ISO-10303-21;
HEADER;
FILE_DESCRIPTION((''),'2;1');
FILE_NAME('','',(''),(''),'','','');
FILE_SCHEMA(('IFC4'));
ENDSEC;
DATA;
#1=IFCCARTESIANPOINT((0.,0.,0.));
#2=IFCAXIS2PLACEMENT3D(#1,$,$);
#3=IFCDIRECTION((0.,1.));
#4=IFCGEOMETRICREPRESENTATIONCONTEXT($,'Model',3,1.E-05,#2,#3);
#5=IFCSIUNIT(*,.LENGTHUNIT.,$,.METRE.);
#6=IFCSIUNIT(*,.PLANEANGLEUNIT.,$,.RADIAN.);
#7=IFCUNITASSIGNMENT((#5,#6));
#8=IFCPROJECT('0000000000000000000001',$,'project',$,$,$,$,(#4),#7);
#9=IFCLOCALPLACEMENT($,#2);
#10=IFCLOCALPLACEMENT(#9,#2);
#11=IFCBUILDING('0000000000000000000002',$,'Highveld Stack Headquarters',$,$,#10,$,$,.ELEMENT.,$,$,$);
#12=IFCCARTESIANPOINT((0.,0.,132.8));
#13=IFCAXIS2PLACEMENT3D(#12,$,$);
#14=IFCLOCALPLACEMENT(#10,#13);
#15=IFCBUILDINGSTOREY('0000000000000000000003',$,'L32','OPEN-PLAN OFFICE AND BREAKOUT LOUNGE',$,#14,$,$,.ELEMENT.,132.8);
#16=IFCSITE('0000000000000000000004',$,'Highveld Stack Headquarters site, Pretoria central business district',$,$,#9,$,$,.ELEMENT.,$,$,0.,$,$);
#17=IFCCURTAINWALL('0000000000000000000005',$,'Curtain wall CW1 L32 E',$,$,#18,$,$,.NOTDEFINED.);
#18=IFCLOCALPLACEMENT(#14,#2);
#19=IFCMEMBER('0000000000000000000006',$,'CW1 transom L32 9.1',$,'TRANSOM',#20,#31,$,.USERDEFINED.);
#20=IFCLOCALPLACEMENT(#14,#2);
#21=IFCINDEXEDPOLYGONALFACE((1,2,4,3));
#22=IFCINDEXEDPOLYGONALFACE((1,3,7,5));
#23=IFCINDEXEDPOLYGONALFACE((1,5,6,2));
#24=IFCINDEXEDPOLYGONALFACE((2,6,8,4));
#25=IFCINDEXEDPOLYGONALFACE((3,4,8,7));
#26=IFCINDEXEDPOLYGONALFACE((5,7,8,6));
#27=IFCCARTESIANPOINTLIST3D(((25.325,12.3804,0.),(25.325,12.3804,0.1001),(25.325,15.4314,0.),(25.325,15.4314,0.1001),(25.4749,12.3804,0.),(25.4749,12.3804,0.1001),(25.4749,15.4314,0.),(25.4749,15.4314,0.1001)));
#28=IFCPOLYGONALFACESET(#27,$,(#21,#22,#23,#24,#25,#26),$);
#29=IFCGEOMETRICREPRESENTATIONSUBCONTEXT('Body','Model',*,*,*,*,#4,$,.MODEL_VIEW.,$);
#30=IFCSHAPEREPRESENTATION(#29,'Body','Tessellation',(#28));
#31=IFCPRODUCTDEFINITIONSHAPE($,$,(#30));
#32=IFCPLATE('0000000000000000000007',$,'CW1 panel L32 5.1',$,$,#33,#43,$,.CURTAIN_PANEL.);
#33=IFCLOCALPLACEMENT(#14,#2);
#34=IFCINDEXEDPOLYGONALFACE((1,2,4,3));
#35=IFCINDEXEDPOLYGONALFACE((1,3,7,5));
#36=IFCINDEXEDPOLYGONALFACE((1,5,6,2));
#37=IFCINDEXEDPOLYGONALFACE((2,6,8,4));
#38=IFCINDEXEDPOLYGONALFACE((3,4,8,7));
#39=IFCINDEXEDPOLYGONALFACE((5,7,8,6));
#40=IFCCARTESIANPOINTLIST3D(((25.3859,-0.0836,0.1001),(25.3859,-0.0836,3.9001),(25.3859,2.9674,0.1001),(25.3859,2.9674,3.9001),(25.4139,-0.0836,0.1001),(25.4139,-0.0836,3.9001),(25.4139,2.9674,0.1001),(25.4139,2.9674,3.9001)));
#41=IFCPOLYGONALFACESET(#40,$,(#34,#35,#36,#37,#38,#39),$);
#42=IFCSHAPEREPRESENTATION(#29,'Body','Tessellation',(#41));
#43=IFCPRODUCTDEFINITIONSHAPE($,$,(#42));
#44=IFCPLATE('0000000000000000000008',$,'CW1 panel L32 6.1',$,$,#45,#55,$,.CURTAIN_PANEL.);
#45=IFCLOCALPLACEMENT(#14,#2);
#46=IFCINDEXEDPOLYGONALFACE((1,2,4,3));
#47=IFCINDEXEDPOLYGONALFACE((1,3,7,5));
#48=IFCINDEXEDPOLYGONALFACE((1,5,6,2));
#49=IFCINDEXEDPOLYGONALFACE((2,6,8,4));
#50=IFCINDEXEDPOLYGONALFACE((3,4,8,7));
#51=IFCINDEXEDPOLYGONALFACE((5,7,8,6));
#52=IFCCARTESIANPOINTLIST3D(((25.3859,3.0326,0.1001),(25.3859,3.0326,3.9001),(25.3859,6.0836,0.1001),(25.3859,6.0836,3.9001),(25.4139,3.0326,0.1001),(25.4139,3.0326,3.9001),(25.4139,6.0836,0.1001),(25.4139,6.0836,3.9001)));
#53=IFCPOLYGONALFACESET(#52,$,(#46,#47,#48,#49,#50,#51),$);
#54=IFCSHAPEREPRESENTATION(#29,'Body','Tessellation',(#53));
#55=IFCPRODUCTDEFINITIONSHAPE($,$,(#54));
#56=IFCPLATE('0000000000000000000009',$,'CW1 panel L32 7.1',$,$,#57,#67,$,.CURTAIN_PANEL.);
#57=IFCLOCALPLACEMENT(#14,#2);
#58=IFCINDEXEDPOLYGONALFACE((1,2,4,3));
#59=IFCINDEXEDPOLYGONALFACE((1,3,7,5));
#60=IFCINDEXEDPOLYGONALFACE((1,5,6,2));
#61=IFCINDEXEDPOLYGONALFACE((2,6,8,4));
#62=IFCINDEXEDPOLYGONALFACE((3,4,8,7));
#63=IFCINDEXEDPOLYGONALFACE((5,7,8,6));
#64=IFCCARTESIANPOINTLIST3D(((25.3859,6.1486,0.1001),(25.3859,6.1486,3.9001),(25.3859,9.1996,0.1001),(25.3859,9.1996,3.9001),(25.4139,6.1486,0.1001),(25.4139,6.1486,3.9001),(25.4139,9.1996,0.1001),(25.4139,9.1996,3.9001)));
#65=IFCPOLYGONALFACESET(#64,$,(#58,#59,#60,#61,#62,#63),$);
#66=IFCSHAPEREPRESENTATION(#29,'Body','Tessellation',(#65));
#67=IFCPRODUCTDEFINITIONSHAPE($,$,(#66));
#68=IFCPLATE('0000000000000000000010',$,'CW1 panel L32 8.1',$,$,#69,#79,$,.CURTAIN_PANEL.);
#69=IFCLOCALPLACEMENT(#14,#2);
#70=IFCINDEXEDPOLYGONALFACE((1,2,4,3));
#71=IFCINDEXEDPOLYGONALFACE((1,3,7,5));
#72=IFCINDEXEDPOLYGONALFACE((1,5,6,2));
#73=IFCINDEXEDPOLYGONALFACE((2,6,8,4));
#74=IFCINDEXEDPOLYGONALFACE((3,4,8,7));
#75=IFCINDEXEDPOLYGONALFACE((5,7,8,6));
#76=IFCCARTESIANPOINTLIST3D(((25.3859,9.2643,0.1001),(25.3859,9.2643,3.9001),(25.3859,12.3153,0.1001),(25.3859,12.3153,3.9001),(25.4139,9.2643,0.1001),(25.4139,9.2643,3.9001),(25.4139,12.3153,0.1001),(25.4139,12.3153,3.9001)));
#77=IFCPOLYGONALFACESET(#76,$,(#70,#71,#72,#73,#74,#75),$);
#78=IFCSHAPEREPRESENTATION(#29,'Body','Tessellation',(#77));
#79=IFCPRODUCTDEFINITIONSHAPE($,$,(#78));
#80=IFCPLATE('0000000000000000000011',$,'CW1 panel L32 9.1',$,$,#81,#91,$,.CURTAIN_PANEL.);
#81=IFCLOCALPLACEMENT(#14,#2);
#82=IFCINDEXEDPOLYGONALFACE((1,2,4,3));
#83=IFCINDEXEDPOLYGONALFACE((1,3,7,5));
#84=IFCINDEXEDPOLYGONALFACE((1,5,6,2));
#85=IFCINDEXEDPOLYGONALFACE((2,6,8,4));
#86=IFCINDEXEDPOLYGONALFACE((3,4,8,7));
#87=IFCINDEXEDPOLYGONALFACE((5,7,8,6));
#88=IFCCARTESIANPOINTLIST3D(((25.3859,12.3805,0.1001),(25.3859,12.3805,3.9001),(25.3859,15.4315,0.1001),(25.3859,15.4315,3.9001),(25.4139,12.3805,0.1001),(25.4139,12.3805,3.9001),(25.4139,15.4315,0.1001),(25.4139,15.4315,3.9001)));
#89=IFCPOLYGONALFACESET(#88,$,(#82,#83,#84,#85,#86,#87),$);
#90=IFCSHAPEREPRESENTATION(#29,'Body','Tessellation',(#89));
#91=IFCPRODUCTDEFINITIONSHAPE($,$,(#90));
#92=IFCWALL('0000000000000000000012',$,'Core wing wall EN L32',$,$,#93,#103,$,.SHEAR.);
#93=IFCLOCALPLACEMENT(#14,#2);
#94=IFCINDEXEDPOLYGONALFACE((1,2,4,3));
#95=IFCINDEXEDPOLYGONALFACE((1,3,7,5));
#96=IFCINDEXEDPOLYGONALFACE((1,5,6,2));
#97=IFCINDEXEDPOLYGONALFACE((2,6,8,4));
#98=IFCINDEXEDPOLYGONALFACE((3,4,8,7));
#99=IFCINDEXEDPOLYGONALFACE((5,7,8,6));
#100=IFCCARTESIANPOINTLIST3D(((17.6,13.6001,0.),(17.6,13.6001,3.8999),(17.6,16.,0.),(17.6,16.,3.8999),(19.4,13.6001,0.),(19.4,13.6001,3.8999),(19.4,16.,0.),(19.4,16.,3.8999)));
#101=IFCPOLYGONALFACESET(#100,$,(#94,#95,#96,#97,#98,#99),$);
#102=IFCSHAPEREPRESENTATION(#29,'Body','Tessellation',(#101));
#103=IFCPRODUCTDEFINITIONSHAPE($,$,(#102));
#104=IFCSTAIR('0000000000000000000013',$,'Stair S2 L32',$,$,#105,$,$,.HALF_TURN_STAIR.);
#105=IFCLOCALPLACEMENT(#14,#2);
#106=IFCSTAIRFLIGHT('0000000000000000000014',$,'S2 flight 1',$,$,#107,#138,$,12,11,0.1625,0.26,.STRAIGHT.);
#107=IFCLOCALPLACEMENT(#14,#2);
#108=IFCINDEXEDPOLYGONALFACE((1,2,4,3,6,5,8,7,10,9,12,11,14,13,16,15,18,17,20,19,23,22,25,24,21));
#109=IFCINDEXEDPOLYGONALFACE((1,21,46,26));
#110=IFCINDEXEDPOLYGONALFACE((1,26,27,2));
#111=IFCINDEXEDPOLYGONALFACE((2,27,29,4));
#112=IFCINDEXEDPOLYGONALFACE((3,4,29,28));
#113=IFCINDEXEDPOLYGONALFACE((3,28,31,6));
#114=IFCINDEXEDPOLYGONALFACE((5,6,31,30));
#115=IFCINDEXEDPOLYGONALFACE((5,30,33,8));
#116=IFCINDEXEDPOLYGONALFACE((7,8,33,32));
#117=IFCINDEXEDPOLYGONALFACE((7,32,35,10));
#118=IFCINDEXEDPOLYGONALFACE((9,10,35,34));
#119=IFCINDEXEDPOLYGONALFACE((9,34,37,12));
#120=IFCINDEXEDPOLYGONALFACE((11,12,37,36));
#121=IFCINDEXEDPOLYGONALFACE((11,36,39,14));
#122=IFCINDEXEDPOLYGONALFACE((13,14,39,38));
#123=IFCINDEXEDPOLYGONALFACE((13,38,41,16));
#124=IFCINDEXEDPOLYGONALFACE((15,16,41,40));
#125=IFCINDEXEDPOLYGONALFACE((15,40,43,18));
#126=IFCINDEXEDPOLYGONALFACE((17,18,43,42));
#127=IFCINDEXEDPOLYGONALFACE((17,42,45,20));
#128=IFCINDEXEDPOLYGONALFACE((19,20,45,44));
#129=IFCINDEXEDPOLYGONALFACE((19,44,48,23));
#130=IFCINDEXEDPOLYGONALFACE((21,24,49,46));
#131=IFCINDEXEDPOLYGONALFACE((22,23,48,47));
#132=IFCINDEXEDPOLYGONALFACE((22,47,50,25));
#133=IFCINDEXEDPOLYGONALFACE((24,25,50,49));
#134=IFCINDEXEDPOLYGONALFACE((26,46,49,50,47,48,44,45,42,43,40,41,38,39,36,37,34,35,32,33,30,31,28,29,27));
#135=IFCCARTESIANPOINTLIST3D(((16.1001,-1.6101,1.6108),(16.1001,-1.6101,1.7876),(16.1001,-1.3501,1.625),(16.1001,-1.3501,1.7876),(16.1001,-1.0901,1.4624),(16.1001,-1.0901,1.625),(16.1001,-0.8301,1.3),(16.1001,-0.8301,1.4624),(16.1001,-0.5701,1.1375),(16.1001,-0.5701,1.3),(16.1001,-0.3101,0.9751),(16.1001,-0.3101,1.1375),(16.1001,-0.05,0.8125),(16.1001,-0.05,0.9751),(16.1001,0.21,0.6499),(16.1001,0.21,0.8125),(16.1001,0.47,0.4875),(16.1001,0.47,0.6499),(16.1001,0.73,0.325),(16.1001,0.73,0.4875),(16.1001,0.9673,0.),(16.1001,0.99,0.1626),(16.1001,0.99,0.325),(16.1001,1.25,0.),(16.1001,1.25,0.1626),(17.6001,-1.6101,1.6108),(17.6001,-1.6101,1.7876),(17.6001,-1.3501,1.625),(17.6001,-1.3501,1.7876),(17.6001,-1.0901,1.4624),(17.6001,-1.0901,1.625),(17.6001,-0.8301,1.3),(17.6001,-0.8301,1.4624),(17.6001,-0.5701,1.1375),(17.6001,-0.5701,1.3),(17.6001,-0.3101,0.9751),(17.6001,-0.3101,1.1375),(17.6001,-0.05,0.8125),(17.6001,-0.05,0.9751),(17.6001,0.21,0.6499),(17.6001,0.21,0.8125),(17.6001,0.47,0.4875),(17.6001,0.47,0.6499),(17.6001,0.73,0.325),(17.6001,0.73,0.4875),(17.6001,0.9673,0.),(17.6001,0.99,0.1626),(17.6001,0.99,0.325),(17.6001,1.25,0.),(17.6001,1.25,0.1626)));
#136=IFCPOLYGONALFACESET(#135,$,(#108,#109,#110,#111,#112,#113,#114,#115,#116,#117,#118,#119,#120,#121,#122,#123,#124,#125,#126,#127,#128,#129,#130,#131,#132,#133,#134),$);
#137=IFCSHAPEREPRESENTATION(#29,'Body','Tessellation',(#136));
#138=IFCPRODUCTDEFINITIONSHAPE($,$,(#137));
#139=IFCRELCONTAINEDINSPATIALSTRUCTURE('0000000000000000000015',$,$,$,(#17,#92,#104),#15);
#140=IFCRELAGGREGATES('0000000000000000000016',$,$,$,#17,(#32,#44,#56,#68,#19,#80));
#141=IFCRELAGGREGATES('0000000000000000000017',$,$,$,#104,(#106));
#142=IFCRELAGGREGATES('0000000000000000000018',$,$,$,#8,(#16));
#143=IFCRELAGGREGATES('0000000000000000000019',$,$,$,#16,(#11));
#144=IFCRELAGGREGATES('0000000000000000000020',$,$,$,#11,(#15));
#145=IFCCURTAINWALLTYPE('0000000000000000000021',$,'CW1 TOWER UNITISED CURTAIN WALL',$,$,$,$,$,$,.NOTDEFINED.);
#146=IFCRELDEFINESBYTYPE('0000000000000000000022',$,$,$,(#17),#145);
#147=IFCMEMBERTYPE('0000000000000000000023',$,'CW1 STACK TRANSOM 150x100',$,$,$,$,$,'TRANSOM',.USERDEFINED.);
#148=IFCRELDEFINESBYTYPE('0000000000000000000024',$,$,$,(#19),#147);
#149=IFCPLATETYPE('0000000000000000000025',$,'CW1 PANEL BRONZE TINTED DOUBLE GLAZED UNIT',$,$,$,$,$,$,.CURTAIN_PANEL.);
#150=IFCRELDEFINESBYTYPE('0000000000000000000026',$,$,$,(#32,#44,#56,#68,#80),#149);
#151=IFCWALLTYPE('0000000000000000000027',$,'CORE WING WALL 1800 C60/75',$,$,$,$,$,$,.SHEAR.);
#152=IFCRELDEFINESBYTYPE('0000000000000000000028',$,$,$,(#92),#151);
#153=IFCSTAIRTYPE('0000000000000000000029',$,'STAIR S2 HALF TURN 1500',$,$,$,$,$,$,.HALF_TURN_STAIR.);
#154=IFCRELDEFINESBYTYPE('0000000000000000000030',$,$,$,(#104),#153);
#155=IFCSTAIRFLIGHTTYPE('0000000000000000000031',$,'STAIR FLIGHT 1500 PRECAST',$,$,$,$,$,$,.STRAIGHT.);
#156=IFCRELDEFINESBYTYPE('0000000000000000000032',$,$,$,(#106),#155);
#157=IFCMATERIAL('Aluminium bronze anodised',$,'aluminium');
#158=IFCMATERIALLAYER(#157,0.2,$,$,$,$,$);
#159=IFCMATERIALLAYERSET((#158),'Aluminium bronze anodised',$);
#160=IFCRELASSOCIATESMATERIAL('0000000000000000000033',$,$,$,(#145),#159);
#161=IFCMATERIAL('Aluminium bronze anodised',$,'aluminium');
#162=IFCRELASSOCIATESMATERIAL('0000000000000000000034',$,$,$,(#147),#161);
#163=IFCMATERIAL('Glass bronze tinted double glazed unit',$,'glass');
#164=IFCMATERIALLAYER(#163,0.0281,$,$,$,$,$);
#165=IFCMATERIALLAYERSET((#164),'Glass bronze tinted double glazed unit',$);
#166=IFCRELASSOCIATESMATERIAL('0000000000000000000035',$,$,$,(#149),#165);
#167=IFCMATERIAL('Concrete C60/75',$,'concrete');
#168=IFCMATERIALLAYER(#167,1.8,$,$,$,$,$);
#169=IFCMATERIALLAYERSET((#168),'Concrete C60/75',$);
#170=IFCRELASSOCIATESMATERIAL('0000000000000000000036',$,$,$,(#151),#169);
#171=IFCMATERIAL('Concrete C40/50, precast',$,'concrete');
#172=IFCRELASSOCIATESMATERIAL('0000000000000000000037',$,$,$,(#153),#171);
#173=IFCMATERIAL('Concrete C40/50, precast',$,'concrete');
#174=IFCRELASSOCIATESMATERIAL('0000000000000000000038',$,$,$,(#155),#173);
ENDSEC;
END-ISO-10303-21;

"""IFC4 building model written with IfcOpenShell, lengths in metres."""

from ifc_helpers import new_model, si_unit, direction, frame, frame_2d, origin, origin_2d, place, context, subcontext, project, spatial, polyline, rectangle, outline, extrude, material, layer, layer_set, material_profile, profile_set, type_object, element, aggregate, save


model = new_model("IFC4")

# Units and contexts
model_context = context("Model", 3, precision=1e-05, world=origin(), true_north=direction((0.0, 1.0)))
body_context = subcontext(model_context, "Body", "Model", "MODEL_VIEW")
ifc_project = project(units=[si_unit("LENGTHUNIT", "METRE"), si_unit("PLANEANGLEUNIT", "RADIAN")], contexts=[model_context])

# Site, building, storey
site_placement = place(None, origin())
site = spatial("IfcSite", under=ifc_project, at=site_placement, Name="Highveld Stack Headquarters site, Pretoria central business district", CompositionType="ELEMENT", RefElevation=0.0)
building_placement = place(site_placement, origin())
building = spatial("IfcBuilding", under=site, at=building_placement, Name="Highveld Stack Headquarters", CompositionType="ELEMENT")
storey_placement = place(building_placement, frame((0.0, 0.0, 132.8)))
storey = spatial("IfcBuildingStorey", under=building, at=storey_placement, Name="L32", Description="OPEN-PLAN OFFICE AND BREAKOUT LOUNGE", CompositionType="ELEMENT", Elevation=132.8)

# Curtain wall, member, plates
ifc_material_1 = material(Name="Aluminium bronze anodised", Category="aluminium")
ifc_layer_1 = layer(ifc_material_1, 0.2)
ifc_layer_set_1 = layer_set([ifc_layer_1], Name="Aluminium bronze anodised")
curtain_wall_type = type_object("IfcCurtainWallType", Name="CW1 TOWER UNITISED CURTAIN WALL", PredefinedType="NOTDEFINED", material=ifc_layer_set_1)
curtain_wall_placement = place(storey_placement, origin())
curtain_wall = element("IfcCurtainWall", 1, at=curtain_wall_placement, inside=storey, type_object=curtain_wall_type, Name="Curtain wall CW1 L32 E", PredefinedType="NOTDEFINED")
ifc_material_2 = material(Name="Aluminium bronze anodised", Category="aluminium")
ifc_material_profile_1 = material_profile(ifc_material_2, rectangle(XDim=0.1499, YDim=0.1001, at=origin_2d()), Name="CW1 TRANSOM 150x100")
ifc_profile_set_1 = profile_set([ifc_material_profile_1], Name="Aluminium bronze anodised")
member_type_1 = type_object("IfcMemberType", Name="CW1 STACK TRANSOM 150x100", ElementType="TRANSOM", PredefinedType="USERDEFINED", material=ifc_profile_set_1)
member_1_placement = place(storey_placement, frame((25.3999, 12.3804, 0.05), z_axis=(0.0, 1.0, 0.0), x_axis=(-1.0, 0.0, 0.0)))
member_1 = element("IfcMember", 2, at=member_1_placement, type_object=member_type_1, Name="CW1 transom L32 9.1", ObjectType="TRANSOM", PredefinedType="USERDEFINED", context=body_context, shape_type="SweptSolid", body=[
    extrude(rectangle(XDim=0.1499, YDim=0.1001, at=origin_2d()), origin(), (0.0, 0.0, 1.0), 3.051),
])
ifc_material_3 = material(Name="Glass bronze tinted double glazed unit", Category="glass")
ifc_layer_2 = layer(ifc_material_3, 0.0281)
ifc_layer_set_2 = layer_set([ifc_layer_2], Name="Glass bronze tinted double glazed unit")
plate_type = type_object("IfcPlateType", Name="CW1 PANEL BRONZE TINTED DOUBLE GLAZED UNIT", PredefinedType="CURTAIN_PANEL", material=ifc_layer_set_2)
plate_1_placement = place(storey_placement, frame((25.3999, 1.4419, 0.1001), z_axis=(0.0, 0.0, 1.0), x_axis=(0.0, 1.0, 0.0)))
plate_1 = element("IfcPlate", 3, at=plate_1_placement, type_object=plate_type, Name="CW1 panel L32 5.1", PredefinedType="CURTAIN_PANEL", context=body_context, shape_type="SweptSolid", body=[
    extrude(rectangle(XDim=3.051, YDim=0.0281, at=origin_2d()), origin(), (0.0, 0.0, 1.0), 3.8),
])
plate_2_placement = place(storey_placement, frame((25.3999, 4.5581, 0.1001), z_axis=(0.0, 0.0, 1.0), x_axis=(0.0, 1.0, 0.0)))
plate_2 = element("IfcPlate", 4, at=plate_2_placement, type_object=plate_type, Name="CW1 panel L32 6.1", PredefinedType="CURTAIN_PANEL", context=body_context, shape_type="SweptSolid", body=[
    extrude(rectangle(XDim=3.051, YDim=0.0281, at=origin_2d()), origin(), (0.0, 0.0, 1.0), 3.8),
])
plate_3_placement = place(storey_placement, frame((25.3999, 7.6741, 0.1001), z_axis=(0.0, 0.0, 1.0), x_axis=(0.0, 1.0, 0.0)))
plate_3 = element("IfcPlate", 5, at=plate_3_placement, type_object=plate_type, Name="CW1 panel L32 7.1", PredefinedType="CURTAIN_PANEL", context=body_context, shape_type="SweptSolid", body=[
    extrude(rectangle(XDim=3.051, YDim=0.0281, at=origin_2d()), origin(), (0.0, 0.0, 1.0), 3.8),
])
plate_4_placement = place(storey_placement, frame((25.3999, 10.7898, 0.1001), z_axis=(0.0, 0.0, 1.0), x_axis=(0.0, 1.0, 0.0)))
plate_4 = element("IfcPlate", 6, at=plate_4_placement, type_object=plate_type, Name="CW1 panel L32 8.1", PredefinedType="CURTAIN_PANEL", context=body_context, shape_type="SweptSolid", body=[
    extrude(rectangle(XDim=3.051, YDim=0.0281, at=origin_2d()), origin(), (0.0, 0.0, 1.0), 3.8),
])
plate_5_placement = place(storey_placement, frame((25.3999, 13.906, 0.1001), z_axis=(0.0, 0.0, 1.0), x_axis=(0.0, 1.0, 0.0)))
plate_5 = element("IfcPlate", 7, at=plate_5_placement, type_object=plate_type, Name="CW1 panel L32 9.1", PredefinedType="CURTAIN_PANEL", context=body_context, shape_type="SweptSolid", body=[
    extrude(rectangle(XDim=3.051, YDim=0.0281, at=origin_2d()), origin(), (0.0, 0.0, 1.0), 3.8),
])
aggregate(curtain_wall, [plate_1, plate_2, plate_3, plate_4, member_1, plate_5])

# Wall
ifc_material_4 = material(Name="Concrete C60/75", Category="concrete")
ifc_layer_3 = layer(ifc_material_4, 1.8)
ifc_layer_set_3 = layer_set([ifc_layer_3], Name="Concrete C60/75")
wall_type = type_object("IfcWallType", Name="CORE WING WALL 1800 C60/75", PredefinedType="SHEAR", material=ifc_layer_set_3)
wall_placement = place(storey_placement, frame((18.5, 13.6001, 0.0), z_axis=(0.0, 0.0, 1.0), x_axis=(0.0, 1.0, 0.0)))
element("IfcWall", 8, at=wall_placement, inside=storey, type_object=wall_type, Name="Core wing wall EN L32", PredefinedType="SHEAR", context=body_context, shape_type="SweptSolid", body=[
    extrude(rectangle(XDim=2.3999, YDim=1.8, at=frame_2d((1.2, 0.0))), origin(), (0.0, 0.0, 1.0), 3.8999),
])

# Stair, stair flight
ifc_material_5 = material(Name="Concrete C40/50, precast", Category="concrete")
stair_type = type_object("IfcStairType", Name="STAIR S2 HALF TURN 1500", PredefinedType="HALF_TURN_STAIR", material=ifc_material_5)
stair_placement = place(storey_placement, origin())
stair = element("IfcStair", 9, at=stair_placement, inside=storey, type_object=stair_type, Name="Stair S2 L32", PredefinedType="HALF_TURN_STAIR")
ifc_material_6 = material(Name="Concrete C40/50, precast", Category="concrete")
stair_flight_type = type_object("IfcStairFlightType", Name="STAIR FLIGHT 1500 PRECAST", PredefinedType="STRAIGHT", material=ifc_material_6)
stair_flight_placement = place(storey_placement, frame((16.8501, 1.25, 0.0), z_axis=(0.0, 0.0, 1.0), x_axis=(0.0, -1.0, 0.0)))
stair_flight = element("IfcStairFlight", 10, at=stair_flight_placement, type_object=stair_flight_type, Name="S2 flight 1", NumberOfRisers=12, NumberOfTreads=11, PredefinedType="STRAIGHT", RiserHeight=0.1625, TreadLength=0.26, context=body_context, shape_type="SweptSolid", body=[
    extrude(outline(polyline([(0.0, 0.0), (0.0, 0.1626), (0.26, 0.1626), (0.26, 0.325), (0.52, 0.325), (0.52, 0.4875), (0.78, 0.4875), (0.78, 0.6499), (1.04, 0.6499), (1.04, 0.8125), (1.3, 0.8125), (1.3, 0.9751), (1.5601, 0.9751), (1.5601, 1.1375), (1.8201, 1.1375), (1.8201, 1.3), (2.0801, 1.3), (2.0801, 1.4624), (2.3401, 1.4624), (2.3401, 1.625), (2.6001, 1.625), (2.6001, 1.7876), (2.8601, 1.7876), (2.8601, 1.95), (2.8601, 1.6108), (0.2827, 0.0), (0.0, 0.0)])), frame((0.0, 0.75, 0.0), z_axis=(0.0, -1.0, 0.0), x_axis=(1.0, 0.0, 0.0)), (0.0, 0.0, 1.0), 1.5),
])
aggregate(stair, [stair_flight])

save(model, "model.ifc")
